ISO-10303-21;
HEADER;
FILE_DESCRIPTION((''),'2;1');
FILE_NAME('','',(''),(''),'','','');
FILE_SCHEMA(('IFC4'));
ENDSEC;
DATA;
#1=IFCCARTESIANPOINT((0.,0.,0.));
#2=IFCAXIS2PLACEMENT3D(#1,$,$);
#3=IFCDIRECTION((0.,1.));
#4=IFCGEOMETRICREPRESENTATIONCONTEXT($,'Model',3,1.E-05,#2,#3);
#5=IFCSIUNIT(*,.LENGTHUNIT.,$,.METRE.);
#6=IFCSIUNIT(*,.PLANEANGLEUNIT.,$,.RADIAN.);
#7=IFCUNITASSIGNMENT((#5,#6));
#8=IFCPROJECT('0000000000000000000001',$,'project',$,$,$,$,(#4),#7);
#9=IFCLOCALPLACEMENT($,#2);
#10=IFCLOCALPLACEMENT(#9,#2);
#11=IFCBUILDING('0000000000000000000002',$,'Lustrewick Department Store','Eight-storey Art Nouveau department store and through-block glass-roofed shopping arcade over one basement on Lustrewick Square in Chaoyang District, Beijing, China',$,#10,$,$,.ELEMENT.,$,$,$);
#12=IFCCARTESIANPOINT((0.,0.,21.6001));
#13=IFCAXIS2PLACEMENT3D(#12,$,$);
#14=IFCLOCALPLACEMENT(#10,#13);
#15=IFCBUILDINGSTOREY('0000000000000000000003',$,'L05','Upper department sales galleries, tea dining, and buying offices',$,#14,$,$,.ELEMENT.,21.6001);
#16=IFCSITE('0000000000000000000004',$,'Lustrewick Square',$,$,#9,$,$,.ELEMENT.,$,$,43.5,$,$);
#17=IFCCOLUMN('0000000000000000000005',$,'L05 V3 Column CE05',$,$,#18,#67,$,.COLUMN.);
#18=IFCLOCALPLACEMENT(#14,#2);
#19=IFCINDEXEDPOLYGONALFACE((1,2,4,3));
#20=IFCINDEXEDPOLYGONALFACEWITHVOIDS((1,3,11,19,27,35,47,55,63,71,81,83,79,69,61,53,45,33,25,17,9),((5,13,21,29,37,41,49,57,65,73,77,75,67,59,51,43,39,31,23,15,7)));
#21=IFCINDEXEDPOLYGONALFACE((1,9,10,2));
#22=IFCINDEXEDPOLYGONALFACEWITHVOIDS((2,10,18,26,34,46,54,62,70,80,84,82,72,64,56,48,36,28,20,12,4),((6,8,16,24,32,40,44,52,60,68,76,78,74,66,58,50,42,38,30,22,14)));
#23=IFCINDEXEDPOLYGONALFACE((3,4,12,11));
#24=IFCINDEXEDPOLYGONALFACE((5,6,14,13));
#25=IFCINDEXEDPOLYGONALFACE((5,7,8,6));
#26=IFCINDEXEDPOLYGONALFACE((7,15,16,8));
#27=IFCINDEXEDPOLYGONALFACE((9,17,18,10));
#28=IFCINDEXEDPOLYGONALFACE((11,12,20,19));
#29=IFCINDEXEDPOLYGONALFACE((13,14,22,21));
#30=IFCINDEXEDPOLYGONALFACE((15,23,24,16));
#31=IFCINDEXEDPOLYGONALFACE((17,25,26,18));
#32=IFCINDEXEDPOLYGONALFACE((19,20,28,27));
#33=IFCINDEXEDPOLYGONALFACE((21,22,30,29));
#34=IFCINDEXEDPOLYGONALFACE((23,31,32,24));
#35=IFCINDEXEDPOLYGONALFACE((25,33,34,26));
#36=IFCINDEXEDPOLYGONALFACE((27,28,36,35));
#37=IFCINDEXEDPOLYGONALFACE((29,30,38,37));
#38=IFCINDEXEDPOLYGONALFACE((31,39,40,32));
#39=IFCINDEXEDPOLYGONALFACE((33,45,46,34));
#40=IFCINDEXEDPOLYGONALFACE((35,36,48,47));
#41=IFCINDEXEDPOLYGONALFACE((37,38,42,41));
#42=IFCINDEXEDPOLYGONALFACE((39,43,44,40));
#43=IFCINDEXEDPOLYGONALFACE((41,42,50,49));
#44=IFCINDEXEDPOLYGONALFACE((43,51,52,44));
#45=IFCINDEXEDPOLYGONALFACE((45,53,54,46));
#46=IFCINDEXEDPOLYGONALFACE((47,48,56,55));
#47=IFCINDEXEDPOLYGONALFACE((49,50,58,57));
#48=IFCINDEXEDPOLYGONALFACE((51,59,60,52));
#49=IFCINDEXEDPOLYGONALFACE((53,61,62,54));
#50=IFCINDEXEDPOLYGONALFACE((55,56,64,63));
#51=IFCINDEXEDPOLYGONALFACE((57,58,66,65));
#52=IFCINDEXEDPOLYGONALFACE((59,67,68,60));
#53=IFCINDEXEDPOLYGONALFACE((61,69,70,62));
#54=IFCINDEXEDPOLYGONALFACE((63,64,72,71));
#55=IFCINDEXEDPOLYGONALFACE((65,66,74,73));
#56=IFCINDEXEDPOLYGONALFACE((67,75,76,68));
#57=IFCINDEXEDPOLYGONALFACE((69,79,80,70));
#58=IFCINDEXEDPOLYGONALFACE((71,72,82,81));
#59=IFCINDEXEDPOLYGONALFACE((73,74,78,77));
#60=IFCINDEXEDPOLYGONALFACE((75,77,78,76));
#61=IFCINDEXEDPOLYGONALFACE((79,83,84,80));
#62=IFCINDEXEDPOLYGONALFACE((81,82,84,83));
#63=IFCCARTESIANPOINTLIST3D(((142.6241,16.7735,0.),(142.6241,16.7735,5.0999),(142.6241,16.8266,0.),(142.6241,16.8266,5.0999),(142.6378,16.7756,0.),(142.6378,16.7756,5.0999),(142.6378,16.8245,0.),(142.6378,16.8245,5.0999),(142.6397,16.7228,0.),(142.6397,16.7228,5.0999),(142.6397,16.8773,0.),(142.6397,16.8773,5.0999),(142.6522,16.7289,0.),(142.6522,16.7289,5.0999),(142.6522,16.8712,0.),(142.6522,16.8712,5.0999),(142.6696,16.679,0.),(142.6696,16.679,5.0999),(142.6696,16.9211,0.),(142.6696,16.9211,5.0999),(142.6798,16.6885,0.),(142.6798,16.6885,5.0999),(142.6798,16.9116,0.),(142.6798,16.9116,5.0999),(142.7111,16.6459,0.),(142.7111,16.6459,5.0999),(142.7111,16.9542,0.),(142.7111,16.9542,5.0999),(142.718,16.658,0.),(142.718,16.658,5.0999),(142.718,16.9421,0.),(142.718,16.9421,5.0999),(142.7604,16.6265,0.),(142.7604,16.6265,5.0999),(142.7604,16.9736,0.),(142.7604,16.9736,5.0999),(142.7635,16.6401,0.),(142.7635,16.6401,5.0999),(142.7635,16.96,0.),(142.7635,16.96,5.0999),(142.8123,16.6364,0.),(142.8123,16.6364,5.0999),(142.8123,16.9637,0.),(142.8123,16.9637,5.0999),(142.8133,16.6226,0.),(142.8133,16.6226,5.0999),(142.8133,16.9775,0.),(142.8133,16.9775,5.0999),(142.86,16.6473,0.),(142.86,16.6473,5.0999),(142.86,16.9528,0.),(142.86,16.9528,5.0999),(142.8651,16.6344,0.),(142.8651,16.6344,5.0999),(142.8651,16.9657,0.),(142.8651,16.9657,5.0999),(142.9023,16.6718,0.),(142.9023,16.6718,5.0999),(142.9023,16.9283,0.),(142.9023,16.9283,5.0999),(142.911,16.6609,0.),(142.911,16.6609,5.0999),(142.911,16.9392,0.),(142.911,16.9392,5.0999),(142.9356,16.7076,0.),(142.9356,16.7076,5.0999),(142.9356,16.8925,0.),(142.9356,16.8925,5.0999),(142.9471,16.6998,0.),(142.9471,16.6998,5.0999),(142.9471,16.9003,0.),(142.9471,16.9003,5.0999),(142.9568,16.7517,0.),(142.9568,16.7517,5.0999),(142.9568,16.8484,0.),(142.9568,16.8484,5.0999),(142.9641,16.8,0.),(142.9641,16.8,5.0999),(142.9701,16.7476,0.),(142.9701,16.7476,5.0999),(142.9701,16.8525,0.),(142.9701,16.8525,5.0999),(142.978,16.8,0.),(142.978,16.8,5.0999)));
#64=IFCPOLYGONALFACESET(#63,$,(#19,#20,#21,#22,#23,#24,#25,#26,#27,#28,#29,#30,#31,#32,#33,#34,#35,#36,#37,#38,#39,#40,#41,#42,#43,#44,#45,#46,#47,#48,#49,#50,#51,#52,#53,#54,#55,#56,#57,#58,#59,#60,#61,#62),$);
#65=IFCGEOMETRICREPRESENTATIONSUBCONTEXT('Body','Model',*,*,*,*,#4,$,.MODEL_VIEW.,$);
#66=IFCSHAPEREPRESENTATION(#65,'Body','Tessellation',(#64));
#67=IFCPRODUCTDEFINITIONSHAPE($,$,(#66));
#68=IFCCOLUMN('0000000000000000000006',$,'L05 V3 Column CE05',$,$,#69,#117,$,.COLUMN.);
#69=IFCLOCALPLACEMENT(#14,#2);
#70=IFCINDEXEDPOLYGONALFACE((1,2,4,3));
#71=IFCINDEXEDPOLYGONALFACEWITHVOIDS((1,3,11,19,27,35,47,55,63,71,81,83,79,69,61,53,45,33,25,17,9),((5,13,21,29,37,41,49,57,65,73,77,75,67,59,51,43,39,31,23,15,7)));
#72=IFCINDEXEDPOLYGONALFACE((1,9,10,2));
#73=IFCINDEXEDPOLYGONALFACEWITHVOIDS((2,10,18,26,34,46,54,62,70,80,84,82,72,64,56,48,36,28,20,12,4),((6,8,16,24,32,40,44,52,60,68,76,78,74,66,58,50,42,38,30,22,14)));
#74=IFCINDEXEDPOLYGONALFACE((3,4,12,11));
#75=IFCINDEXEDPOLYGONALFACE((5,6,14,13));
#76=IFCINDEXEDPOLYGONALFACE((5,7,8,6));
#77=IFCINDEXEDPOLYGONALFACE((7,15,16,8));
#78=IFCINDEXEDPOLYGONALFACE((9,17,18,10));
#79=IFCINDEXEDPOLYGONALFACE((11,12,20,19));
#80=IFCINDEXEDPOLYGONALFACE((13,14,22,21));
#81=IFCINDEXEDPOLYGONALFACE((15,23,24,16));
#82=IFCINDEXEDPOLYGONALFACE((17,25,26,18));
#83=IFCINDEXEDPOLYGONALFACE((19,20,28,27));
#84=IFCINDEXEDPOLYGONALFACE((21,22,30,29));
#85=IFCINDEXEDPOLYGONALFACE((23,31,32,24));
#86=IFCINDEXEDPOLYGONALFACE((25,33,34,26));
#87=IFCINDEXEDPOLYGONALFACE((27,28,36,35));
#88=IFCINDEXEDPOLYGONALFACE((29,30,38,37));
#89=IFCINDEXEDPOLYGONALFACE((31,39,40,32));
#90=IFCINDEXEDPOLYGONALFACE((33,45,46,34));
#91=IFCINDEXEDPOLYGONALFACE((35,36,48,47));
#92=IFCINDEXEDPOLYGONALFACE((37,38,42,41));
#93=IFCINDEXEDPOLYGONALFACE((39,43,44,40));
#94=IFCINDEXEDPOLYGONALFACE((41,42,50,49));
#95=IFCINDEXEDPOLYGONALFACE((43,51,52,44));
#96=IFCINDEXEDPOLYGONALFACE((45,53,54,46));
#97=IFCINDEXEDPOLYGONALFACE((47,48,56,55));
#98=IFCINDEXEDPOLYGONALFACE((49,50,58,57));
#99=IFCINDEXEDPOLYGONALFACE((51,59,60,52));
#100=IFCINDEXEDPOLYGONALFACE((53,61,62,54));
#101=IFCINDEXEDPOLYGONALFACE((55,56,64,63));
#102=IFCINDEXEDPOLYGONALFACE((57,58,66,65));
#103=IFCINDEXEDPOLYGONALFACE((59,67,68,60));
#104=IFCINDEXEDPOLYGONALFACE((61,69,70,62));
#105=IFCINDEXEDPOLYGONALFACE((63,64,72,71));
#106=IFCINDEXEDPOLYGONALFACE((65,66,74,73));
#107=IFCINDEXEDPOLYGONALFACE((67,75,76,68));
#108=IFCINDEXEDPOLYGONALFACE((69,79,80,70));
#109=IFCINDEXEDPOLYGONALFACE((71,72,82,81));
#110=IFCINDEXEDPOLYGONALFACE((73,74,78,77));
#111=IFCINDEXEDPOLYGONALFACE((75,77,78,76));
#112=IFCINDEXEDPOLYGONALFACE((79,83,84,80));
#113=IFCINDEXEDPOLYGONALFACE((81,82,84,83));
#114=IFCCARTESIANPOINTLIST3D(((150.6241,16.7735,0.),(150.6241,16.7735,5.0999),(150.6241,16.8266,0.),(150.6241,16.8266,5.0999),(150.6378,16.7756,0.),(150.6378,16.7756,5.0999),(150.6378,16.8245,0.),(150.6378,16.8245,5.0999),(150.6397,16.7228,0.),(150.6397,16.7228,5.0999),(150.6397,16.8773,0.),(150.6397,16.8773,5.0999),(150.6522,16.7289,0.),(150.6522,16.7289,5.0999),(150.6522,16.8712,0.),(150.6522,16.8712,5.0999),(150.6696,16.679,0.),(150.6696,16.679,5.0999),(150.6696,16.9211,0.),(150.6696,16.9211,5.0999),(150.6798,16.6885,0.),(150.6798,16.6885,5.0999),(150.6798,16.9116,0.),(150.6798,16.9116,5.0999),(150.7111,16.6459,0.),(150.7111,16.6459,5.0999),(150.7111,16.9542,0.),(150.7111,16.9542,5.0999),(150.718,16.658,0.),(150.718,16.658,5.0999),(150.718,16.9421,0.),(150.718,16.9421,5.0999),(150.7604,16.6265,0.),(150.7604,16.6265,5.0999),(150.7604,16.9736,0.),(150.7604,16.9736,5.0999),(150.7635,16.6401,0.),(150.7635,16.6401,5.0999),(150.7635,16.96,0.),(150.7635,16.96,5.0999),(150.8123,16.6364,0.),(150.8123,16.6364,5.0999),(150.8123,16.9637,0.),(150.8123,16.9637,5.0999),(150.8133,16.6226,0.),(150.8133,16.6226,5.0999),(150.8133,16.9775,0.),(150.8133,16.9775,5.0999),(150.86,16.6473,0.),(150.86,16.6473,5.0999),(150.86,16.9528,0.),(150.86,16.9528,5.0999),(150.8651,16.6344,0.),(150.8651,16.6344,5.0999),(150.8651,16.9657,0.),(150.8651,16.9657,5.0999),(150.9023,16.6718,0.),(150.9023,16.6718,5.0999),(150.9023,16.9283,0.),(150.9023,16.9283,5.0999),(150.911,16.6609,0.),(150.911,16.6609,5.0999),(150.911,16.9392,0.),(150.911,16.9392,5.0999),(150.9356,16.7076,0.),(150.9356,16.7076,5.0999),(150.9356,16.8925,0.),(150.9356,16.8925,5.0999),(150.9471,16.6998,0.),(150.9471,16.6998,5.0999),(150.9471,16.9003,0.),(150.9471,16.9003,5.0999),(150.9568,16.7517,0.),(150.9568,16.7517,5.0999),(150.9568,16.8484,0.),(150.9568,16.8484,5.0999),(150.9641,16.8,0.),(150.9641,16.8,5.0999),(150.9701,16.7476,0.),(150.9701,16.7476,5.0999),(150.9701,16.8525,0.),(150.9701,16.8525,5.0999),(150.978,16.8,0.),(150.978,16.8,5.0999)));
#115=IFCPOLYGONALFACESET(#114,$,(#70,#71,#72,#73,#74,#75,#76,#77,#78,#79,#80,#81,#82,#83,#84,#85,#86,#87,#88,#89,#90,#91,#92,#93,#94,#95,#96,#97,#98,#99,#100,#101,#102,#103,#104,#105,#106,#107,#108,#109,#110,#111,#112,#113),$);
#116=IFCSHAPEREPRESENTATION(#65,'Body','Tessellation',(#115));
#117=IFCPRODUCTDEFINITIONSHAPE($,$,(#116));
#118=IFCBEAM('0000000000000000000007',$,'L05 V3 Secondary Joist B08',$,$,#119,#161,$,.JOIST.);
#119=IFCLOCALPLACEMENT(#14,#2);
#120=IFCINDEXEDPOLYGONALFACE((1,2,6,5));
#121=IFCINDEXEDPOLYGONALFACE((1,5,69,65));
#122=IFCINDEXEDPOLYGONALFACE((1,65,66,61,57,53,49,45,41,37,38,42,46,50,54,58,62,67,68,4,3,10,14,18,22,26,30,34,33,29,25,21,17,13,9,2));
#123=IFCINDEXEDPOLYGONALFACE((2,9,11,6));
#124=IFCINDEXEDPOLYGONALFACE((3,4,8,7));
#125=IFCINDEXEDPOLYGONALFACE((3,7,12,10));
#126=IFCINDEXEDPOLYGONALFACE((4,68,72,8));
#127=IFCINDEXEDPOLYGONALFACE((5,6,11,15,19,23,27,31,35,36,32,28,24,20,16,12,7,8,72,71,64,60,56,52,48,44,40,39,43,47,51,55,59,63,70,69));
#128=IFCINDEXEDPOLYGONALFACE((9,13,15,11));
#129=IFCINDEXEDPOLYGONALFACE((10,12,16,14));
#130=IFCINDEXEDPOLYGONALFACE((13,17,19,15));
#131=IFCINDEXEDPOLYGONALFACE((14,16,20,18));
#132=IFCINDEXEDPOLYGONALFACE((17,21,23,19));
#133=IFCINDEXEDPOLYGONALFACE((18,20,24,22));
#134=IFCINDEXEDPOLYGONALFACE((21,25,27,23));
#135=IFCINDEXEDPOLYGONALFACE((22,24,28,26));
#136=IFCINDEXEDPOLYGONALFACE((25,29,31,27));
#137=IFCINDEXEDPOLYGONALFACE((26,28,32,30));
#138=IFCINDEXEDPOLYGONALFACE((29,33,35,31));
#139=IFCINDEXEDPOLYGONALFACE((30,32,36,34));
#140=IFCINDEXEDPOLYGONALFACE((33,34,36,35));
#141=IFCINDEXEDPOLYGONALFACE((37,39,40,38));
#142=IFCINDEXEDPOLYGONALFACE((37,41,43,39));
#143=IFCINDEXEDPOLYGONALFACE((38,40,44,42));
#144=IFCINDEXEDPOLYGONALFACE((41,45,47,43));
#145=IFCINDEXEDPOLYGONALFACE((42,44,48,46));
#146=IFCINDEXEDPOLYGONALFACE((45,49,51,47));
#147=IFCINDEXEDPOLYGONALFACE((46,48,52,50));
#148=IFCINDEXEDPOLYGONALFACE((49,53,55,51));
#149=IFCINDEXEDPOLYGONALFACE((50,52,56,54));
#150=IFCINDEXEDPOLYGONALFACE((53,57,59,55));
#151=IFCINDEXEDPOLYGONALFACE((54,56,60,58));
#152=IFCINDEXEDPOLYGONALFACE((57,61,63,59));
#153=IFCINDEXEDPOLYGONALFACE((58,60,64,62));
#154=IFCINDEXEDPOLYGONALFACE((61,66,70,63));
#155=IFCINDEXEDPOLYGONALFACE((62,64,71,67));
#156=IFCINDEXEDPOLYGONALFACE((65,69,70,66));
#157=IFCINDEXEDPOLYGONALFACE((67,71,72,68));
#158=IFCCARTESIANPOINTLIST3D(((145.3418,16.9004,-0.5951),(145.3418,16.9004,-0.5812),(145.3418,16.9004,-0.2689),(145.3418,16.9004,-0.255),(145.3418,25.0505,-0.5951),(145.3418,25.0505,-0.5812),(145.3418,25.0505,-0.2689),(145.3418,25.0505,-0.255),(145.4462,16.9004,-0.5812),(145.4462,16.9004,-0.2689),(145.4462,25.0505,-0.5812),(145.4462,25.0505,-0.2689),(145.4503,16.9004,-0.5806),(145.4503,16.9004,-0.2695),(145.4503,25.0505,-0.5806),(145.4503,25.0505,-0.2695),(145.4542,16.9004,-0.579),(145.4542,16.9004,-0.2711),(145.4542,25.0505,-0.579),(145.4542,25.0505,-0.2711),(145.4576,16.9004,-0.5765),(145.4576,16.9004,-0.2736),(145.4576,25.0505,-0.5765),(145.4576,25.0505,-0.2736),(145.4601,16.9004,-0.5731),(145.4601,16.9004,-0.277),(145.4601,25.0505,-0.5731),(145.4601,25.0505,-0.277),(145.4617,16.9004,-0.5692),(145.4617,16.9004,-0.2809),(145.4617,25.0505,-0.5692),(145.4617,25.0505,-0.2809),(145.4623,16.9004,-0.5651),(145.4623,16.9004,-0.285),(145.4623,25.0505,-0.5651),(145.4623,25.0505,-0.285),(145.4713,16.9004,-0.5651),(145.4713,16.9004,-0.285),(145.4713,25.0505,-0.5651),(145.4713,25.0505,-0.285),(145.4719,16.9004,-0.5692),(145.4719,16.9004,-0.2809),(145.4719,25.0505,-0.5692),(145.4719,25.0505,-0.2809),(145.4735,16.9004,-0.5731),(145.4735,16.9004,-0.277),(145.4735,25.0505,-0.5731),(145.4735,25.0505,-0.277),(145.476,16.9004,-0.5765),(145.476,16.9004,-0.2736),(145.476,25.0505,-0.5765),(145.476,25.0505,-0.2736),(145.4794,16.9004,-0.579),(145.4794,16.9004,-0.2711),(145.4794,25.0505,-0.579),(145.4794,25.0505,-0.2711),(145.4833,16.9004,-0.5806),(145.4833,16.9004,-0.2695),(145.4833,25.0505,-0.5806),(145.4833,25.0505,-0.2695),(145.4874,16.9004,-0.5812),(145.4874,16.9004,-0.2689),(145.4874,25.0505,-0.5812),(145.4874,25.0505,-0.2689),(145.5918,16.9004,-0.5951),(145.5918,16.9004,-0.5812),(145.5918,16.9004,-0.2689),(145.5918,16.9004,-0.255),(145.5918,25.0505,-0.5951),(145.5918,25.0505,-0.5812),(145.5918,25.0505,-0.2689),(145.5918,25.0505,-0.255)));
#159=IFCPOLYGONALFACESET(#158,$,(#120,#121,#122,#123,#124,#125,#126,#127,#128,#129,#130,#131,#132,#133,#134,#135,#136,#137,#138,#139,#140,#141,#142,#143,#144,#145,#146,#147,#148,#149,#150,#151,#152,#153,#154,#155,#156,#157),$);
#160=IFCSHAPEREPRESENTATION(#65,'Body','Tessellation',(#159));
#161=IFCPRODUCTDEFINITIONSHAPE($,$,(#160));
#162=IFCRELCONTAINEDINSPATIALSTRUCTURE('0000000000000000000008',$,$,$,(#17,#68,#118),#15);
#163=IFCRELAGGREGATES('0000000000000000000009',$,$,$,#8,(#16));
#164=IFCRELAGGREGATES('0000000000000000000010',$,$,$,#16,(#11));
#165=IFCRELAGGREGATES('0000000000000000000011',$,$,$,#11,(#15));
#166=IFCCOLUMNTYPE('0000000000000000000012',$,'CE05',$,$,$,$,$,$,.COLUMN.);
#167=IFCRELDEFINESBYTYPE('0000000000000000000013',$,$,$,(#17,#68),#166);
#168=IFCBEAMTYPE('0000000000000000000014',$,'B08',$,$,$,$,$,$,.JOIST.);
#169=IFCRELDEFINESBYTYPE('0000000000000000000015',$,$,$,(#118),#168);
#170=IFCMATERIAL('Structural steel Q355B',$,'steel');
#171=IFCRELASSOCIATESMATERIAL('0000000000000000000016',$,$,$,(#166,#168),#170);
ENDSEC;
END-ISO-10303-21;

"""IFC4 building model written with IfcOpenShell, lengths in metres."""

from ifc_helpers import new_model, si_unit, direction, frame, origin, origin_2d, place, context, subcontext, project, spatial, hollow_circle, i_section, extrude, material, material_profile, profile_set, type_object, element, save


model = new_model("IFC4")

# Units and contexts
model_context = context("Model", 3, precision=1e-05, world=origin(), true_north=direction((0.0, 1.0)))
body_context = subcontext(model_context, "Body", "Model", "MODEL_VIEW")
ifc_project = project(units=[si_unit("LENGTHUNIT", "METRE"), si_unit("PLANEANGLEUNIT", "RADIAN")], contexts=[model_context])

# Site, building, storey
site_placement = place(None, origin())
site = spatial("IfcSite", under=ifc_project, at=site_placement, Name="Lustrewick Square", CompositionType="ELEMENT", RefElevation=43.5)
building_placement = place(site_placement, origin())
building = spatial("IfcBuilding", under=site, at=building_placement, Name="Lustrewick Department Store", Description="Eight-storey Art Nouveau department store and through-block glass-roofed shopping arcade over one basement on Lustrewick Square in Chaoyang District, Beijing, China", CompositionType="ELEMENT")
storey_placement = place(building_placement, frame((0.0, 0.0, 21.6001)))
storey = spatial("IfcBuildingStorey", under=building, at=storey_placement, Name="L05", Description="Upper department sales galleries, tea dining, and buying offices", CompositionType="ELEMENT", Elevation=21.6001)

# Columns
ifc_material_1 = material(Name="Structural steel Q355B", Category="steel")
ifc_material_profile_1 = material_profile(ifc_material_1, hollow_circle(Radius=0.178, WallThickness=0.0139, at=origin_2d()), Name="CHS 356x14")
ifc_profile_set_1 = profile_set([ifc_material_profile_1], Name="Structural steel Q355B")
column_type = type_object("IfcColumnType", Name="CE05", PredefinedType="COLUMN", material=ifc_profile_set_1)
for number, where, z_axis, x_axis, name in (
    (1, (142.8, 16.8, 0.0), (0.0, 0.0, 1.0), (1.0, 0.0, 0.0), "L05 V3 Column CE05"),
    (2, (150.8, 16.8, 0.0), (0.0, 0.0, 1.0), (1.0, 0.0, 0.0), "L05 V3 Column CE05"),
):
    element("IfcColumn", number, at=place(storey_placement, frame(where, z_axis=z_axis, x_axis=x_axis)), inside=storey, type_object=column_type, Name=name, PredefinedType="COLUMN", context=body_context, shape_type="SweptSolid", body=[
        extrude(hollow_circle(Radius=0.178, WallThickness=0.0139, at=origin_2d()), origin(), (0.0, 0.0, 1.0), 5.0999),
    ])

# Beam
ifc_material_profile_2 = material_profile(ifc_material_1, i_section(OverallWidth=0.25, OverallDepth=0.3401, WebThickness=0.009, FlangeThickness=0.0139, FilletRadius=0.0161, at=origin_2d()), Name="HM 340x250x9x14")
ifc_profile_set_2 = profile_set([ifc_material_profile_2], Name="Structural steel Q355B")
beam_type_1 = type_object("IfcBeamType", Name="B08", PredefinedType="JOIST", material=ifc_profile_set_2)
beam_1_placement = place(storey_placement, frame((145.4668, 16.9004, -0.425), z_axis=(0.0, 1.0, 0.0), x_axis=(-1.0, 0.0, 0.0)))
element("IfcBeam", 3, at=beam_1_placement, inside=storey, type_object=beam_type_1, Name="L05 V3 Secondary Joist B08", PredefinedType="JOIST", context=body_context, shape_type="SweptSolid", body=[
    extrude(i_section(OverallWidth=0.25, OverallDepth=0.3401, WebThickness=0.009, FlangeThickness=0.0139, FilletRadius=0.0161, at=origin_2d()), origin(), (0.0, 0.0, 1.0), 8.1501),
])

save(model, "model.ifc")
